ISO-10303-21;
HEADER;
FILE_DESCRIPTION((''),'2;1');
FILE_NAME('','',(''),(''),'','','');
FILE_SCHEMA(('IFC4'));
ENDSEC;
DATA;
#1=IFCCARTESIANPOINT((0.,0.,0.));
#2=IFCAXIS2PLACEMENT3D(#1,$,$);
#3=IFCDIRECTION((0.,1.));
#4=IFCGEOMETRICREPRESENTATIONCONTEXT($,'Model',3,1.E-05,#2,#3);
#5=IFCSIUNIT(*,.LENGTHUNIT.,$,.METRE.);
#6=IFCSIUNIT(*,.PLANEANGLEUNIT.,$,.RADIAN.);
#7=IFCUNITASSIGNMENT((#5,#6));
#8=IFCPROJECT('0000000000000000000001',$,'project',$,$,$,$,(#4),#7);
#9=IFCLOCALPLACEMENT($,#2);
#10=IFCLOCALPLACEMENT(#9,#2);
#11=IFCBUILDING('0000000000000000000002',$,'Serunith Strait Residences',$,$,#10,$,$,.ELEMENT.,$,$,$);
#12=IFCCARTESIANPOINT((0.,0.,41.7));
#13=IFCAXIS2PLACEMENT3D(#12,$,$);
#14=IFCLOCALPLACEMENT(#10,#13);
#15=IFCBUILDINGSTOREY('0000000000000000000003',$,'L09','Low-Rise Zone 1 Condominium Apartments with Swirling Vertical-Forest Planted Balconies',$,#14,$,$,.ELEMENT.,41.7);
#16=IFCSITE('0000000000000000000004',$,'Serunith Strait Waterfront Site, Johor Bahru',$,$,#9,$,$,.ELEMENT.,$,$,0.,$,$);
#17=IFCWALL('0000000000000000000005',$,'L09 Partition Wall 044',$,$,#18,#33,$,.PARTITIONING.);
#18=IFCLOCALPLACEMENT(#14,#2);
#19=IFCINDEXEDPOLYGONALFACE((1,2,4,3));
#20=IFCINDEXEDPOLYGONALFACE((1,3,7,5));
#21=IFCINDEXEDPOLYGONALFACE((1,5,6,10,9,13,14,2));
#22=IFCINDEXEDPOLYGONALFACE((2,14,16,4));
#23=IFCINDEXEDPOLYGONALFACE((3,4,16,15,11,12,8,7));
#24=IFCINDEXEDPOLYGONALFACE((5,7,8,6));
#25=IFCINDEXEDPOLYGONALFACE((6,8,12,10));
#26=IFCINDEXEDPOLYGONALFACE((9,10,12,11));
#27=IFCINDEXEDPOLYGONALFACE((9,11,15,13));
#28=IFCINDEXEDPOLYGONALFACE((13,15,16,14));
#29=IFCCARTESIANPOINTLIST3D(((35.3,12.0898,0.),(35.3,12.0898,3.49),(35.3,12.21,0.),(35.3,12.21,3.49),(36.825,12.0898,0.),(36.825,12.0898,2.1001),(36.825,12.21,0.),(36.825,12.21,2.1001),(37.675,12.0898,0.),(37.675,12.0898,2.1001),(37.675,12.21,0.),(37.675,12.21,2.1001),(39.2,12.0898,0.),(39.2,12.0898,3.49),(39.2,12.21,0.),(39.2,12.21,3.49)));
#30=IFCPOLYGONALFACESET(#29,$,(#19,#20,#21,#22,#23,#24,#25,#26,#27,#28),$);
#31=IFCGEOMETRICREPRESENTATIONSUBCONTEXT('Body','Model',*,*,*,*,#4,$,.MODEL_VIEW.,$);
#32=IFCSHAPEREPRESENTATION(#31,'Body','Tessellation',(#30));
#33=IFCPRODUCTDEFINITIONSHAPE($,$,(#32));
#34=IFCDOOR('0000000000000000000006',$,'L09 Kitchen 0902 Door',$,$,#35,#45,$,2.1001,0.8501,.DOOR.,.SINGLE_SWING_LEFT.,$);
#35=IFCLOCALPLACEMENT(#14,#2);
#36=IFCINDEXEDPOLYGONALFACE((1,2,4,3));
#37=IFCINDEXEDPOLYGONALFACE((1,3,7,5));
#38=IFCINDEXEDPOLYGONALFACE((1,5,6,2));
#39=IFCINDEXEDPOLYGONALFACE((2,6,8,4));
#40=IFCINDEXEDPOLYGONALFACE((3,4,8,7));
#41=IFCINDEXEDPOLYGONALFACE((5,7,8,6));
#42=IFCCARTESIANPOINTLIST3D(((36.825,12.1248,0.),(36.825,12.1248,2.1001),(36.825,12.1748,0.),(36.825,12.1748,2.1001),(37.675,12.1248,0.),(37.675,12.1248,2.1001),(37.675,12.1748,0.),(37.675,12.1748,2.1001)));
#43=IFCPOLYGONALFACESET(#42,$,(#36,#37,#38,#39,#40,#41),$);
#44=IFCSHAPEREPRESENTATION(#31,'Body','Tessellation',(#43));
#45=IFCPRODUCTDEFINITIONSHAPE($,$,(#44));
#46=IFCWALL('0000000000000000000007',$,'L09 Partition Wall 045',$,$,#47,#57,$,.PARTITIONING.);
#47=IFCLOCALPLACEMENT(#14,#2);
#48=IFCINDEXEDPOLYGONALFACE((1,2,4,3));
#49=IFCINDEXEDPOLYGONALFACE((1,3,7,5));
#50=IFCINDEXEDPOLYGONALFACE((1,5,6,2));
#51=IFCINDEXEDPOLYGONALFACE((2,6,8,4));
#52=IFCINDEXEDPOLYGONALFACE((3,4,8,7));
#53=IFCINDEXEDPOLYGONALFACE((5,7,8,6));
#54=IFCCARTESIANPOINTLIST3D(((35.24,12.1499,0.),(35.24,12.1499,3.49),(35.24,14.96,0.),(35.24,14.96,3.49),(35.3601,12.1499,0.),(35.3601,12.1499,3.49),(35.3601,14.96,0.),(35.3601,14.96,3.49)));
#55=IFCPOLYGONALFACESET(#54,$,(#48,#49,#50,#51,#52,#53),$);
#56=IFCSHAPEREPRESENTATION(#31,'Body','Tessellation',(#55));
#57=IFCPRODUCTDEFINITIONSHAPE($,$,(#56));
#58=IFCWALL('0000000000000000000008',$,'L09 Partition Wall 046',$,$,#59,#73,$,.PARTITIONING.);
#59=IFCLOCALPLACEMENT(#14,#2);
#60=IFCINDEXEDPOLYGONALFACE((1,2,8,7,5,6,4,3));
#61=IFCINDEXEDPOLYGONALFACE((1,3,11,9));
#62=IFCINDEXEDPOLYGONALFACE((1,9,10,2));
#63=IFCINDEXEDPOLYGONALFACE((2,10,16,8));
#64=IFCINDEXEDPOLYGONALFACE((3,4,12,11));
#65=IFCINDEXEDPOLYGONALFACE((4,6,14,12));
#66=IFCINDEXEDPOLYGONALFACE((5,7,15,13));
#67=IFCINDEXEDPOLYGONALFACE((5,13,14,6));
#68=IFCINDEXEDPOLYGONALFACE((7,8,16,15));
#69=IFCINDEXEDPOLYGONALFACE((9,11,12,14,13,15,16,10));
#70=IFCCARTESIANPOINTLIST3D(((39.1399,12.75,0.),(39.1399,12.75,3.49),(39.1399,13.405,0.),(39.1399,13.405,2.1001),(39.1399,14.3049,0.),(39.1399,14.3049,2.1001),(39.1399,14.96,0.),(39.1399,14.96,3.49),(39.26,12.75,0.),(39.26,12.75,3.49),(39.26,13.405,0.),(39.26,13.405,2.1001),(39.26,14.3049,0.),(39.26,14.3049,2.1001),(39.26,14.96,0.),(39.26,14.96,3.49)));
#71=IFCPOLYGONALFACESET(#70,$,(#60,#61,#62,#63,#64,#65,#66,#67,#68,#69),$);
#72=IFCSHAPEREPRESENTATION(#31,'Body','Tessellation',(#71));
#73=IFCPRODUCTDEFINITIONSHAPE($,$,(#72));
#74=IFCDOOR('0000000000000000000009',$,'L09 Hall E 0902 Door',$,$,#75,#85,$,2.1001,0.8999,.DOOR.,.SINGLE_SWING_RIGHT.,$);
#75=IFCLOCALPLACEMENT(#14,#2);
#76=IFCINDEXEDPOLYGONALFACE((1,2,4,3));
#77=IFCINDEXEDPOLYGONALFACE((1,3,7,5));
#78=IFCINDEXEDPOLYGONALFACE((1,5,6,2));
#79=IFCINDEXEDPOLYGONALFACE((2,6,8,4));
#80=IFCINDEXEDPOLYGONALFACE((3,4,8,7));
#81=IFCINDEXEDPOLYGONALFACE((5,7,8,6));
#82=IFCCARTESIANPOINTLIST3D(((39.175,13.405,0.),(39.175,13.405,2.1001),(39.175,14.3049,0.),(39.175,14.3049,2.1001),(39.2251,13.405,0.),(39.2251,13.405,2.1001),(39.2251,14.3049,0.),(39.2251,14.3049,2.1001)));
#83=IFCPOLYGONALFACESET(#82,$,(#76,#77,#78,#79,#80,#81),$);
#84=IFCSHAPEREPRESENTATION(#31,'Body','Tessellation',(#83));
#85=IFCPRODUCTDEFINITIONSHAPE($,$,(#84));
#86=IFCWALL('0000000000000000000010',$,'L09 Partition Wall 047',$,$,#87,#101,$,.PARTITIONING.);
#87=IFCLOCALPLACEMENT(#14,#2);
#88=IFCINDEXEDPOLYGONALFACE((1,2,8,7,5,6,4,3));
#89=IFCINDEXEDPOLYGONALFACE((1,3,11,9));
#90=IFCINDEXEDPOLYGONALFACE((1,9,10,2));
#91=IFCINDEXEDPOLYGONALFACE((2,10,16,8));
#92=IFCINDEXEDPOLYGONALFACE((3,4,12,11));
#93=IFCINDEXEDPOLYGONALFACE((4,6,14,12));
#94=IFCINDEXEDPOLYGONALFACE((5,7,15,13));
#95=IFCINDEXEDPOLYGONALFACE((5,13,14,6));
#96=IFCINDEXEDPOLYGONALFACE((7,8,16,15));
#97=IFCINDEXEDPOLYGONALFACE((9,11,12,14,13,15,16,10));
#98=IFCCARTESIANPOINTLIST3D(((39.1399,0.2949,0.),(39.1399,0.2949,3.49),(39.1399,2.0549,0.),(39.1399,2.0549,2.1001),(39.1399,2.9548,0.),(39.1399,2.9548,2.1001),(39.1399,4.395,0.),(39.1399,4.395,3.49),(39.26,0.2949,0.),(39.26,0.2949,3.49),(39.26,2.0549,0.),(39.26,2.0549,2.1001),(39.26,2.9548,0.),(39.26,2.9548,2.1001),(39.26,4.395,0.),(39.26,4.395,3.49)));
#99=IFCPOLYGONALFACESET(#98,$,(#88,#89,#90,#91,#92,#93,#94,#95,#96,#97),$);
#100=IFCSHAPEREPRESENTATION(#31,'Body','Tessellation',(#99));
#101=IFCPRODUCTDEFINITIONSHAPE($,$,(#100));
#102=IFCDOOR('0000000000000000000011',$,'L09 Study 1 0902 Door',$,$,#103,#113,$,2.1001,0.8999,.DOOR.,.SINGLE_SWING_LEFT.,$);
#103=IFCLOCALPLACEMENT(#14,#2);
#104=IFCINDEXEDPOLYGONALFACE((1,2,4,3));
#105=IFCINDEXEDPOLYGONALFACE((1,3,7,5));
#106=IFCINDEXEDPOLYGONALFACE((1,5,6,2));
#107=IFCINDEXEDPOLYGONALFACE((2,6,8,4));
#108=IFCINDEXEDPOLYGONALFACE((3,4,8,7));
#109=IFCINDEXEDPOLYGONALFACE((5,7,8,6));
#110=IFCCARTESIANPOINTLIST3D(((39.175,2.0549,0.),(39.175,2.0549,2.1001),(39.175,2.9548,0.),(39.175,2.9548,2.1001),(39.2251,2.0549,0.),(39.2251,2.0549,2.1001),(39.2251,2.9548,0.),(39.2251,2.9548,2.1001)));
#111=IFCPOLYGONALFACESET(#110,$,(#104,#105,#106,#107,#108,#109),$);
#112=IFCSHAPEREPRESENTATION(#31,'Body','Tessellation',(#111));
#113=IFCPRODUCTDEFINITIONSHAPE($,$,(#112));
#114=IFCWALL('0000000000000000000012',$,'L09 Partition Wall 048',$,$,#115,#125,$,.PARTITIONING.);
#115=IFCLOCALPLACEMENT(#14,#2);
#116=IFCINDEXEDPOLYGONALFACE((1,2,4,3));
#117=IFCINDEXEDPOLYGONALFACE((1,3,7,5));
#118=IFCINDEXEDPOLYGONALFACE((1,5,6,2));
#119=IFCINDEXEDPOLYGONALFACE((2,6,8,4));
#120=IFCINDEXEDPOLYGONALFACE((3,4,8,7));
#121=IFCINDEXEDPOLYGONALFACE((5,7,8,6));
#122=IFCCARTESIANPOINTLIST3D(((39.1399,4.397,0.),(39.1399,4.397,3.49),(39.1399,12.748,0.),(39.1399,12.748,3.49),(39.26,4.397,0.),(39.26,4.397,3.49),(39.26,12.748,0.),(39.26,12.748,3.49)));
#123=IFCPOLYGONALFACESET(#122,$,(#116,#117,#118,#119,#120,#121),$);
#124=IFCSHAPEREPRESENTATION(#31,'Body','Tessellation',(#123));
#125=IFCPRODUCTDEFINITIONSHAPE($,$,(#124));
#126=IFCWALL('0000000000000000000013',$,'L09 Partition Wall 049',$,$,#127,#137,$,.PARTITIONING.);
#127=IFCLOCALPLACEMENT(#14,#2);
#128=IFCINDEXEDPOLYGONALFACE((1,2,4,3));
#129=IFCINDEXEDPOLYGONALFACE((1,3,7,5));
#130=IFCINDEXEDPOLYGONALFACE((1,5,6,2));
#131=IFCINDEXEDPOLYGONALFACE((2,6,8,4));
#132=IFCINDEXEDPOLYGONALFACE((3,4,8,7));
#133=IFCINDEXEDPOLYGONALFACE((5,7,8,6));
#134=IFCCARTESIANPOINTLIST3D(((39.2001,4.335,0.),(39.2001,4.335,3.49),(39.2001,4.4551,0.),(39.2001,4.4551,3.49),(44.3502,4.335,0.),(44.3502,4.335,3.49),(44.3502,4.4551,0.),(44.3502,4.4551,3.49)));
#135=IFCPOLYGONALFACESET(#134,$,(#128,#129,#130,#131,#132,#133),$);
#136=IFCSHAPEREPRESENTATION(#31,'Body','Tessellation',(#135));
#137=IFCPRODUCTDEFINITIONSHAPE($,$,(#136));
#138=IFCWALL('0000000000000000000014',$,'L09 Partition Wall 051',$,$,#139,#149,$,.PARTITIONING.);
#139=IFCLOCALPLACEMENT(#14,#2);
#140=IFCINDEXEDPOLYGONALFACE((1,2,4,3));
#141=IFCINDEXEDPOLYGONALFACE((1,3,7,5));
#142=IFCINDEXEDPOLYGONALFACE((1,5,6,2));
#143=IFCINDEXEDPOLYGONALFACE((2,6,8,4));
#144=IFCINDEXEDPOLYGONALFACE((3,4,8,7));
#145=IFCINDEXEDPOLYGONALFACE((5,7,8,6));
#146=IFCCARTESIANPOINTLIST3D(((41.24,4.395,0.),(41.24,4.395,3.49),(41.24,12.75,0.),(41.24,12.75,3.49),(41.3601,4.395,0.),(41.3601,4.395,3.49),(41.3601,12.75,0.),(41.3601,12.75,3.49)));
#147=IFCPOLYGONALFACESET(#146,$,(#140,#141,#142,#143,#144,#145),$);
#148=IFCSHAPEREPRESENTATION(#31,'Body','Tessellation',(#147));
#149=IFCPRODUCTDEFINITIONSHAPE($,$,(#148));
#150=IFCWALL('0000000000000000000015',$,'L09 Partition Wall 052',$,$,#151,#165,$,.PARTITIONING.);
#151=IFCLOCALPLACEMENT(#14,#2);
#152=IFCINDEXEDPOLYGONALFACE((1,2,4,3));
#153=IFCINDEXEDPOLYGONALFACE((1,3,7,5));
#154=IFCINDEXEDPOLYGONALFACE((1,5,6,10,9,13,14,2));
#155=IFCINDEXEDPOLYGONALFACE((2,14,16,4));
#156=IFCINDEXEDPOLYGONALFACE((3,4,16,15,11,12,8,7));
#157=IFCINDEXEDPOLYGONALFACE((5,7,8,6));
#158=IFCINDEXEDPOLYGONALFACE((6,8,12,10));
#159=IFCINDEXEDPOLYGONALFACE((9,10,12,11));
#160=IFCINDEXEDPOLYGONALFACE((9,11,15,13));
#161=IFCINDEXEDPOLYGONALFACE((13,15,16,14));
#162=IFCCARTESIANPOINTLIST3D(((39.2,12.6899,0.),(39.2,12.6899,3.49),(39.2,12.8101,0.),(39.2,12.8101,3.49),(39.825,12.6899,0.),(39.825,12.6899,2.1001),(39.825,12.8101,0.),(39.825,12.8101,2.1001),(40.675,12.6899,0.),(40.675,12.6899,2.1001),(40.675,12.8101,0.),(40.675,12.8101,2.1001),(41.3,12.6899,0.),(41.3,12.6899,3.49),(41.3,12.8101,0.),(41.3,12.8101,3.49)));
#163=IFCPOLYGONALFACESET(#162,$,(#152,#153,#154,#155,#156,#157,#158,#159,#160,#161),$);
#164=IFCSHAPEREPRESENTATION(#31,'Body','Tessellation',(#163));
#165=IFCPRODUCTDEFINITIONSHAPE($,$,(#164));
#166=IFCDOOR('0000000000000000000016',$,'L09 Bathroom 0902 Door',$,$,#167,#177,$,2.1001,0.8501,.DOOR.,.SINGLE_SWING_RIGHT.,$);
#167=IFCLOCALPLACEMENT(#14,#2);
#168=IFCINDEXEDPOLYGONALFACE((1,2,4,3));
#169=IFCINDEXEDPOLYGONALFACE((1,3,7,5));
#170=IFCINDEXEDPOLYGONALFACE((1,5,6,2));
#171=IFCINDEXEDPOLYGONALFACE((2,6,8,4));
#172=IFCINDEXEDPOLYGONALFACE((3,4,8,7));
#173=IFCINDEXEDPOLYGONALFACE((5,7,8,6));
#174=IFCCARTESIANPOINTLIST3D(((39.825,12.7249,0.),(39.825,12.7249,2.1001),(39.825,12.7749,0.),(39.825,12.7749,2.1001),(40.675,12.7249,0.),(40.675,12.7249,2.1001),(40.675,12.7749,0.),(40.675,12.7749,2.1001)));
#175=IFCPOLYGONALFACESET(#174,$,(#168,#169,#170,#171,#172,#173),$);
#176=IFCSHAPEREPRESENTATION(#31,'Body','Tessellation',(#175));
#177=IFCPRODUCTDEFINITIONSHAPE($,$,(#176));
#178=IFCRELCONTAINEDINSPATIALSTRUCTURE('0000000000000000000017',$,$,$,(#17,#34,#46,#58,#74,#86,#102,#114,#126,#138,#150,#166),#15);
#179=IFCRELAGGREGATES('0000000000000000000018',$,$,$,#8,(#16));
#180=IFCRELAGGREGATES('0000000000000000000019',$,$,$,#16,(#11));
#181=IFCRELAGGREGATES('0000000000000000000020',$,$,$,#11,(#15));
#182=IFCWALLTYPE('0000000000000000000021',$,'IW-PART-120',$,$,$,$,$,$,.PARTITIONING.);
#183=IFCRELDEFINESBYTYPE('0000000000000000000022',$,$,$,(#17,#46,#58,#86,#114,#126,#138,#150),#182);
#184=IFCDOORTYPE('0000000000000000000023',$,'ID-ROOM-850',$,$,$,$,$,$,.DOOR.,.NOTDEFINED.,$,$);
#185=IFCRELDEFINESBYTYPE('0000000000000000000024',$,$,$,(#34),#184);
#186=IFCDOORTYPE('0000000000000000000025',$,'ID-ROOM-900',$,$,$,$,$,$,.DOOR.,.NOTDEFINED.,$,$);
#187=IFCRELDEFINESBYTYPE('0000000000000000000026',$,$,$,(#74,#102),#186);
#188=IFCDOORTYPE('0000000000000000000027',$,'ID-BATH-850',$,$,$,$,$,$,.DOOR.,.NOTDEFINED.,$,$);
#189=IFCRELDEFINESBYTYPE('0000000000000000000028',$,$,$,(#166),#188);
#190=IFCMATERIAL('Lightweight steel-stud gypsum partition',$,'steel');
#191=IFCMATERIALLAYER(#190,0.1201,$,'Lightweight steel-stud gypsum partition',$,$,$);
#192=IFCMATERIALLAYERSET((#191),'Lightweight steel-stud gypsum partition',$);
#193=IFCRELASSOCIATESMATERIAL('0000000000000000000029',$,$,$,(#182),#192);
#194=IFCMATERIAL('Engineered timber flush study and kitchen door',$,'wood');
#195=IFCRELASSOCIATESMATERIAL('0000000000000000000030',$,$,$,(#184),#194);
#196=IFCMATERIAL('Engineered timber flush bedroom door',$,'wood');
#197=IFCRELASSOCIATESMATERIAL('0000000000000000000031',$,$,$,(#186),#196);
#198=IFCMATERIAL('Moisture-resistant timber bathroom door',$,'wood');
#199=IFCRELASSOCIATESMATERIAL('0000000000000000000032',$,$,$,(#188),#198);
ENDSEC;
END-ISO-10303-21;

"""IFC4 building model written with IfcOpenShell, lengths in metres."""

from ifc_helpers import new_model, si_unit, direction, frame, frame_2d, origin, place, context, subcontext, project, spatial, rectangle, extrude, source, transform, mapped, material, layer, layer_set, type_object, element, fill, save


model = new_model("IFC4")

# Units and contexts
model_context = context("Model", 3, precision=1e-05, world=origin(), true_north=direction((0.0, 1.0)))
body_context = subcontext(model_context, "Body", "Model", "MODEL_VIEW")
ifc_project = project(units=[si_unit("LENGTHUNIT", "METRE"), si_unit("PLANEANGLEUNIT", "RADIAN")], contexts=[model_context])

# Site, building, storey
site_placement = place(None, origin())
site = spatial("IfcSite", under=ifc_project, at=site_placement, Name="Serunith Strait Waterfront Site, Johor Bahru", CompositionType="ELEMENT", RefElevation=0.0)
building_placement = place(site_placement, origin())
building = spatial("IfcBuilding", under=site, at=building_placement, Name="Serunith Strait Residences", CompositionType="ELEMENT")
storey_placement = place(building_placement, frame((0.0, 0.0, 41.7)))
storey = spatial("IfcBuildingStorey", under=building, at=storey_placement, Name="L09", Description="Low-Rise Zone 1 Condominium Apartments with Swirling Vertical-Forest Planted Balconies", CompositionType="ELEMENT", Elevation=41.7)

# Wall, opening, door
ifc_material_1 = material(Name="Lightweight steel-stud gypsum partition", Category="steel")
ifc_layer_1 = layer(ifc_material_1, 0.1201, Name="Lightweight steel-stud gypsum partition")
ifc_layer_set_1 = layer_set([ifc_layer_1], Name="Lightweight steel-stud gypsum partition")
wall_type_1 = type_object("IfcWallType", Name="IW-PART-120", PredefinedType="PARTITIONING", material=ifc_layer_set_1)
wall_1_placement = place(storey_placement, frame((35.3, 12.1499, 0.0), z_axis=(0.0, 0.0, 1.0), x_axis=(1.0, 0.0, 0.0)))
wall_1 = element("IfcWall", 1, at=wall_1_placement, inside=storey, type_object=wall_type_1, Name="L09 Partition Wall 044", PredefinedType="PARTITIONING", context=body_context, shape_type="SweptSolid", body=[
    extrude(rectangle(XDim=3.8999, YDim=0.1201, at=frame_2d((1.95, 0.0))), origin(), (0.0, 0.0, 1.0), 3.49),
])
opening_1_placement = place(wall_1_placement, frame((1.5249, 0.0, 0.0)))
opening_1 = element("IfcOpeningElement", 2, at=opening_1_placement, cuts=wall_1, PredefinedType="OPENING", context=body_context, shape_type="SweptSolid", body=[
    extrude(rectangle(XDim=0.8501, YDim=2.1001, at=frame_2d((0.425, 1.05))), frame((0.0, 0.0701, 0.0), z_axis=(0.0, -1.0, 0.0), x_axis=(1.0, 0.0, 0.0)), (0.0, 0.0, 1.0), 0.1401),
])
ifc_material_2 = material(Name="Engineered timber flush study and kitchen door", Category="wood")
door_type_1 = type_object("IfcDoorType", Name="ID-ROOM-850", OperationType="NOTDEFINED", PredefinedType="DOOR", material=ifc_material_2)
shared_shape_1 = source(origin(), body_context, "Body", "SweptSolid", [
    extrude(rectangle(XDim=0.8501, YDim=2.1001, at=frame_2d((0.425, 1.05))), frame((0.0, 0.0249, 0.0), z_axis=(0.0, -1.0, 0.0), x_axis=(1.0, 0.0, 0.0)), (0.0, 0.0, 1.0), 0.05),
])
door_1_placement = place(opening_1_placement, origin())
door_1 = element("IfcDoor", 3, at=door_1_placement, inside=storey, type_object=door_type_1, Name="L09 Kitchen 0902 Door", OperationType="SINGLE_SWING_LEFT", OverallHeight=2.1001, OverallWidth=0.8501, PredefinedType="DOOR", context=body_context, shape_type="MappedRepresentation", body=[
    mapped(shared_shape_1, transform((0.0, 0.0, 0.0), scale=1.0)),
])
fill(opening_1, door_1)

# Wall
wall_2_placement = place(storey_placement, frame((35.3, 12.1499, 0.0), z_axis=(0.0, 0.0, 1.0), x_axis=(0.0, 1.0, 0.0)))
element("IfcWall", 4, at=wall_2_placement, inside=storey, type_object=wall_type_1, Name="L09 Partition Wall 045", PredefinedType="PARTITIONING", context=body_context, shape_type="SweptSolid", body=[
    extrude(rectangle(XDim=2.8101, YDim=0.1201, at=frame_2d((1.405, 0.0))), origin(), (0.0, 0.0, 1.0), 3.49),
])

# Walls, openings, doors
wall_3_placement = place(storey_placement, frame((39.2, 12.75, 0.0), z_axis=(0.0, 0.0, 1.0), x_axis=(0.0, 1.0, 0.0)))
wall_3 = element("IfcWall", 5, at=wall_3_placement, inside=storey, type_object=wall_type_1, Name="L09 Partition Wall 046", PredefinedType="PARTITIONING", context=body_context, shape_type="SweptSolid", body=[
    extrude(rectangle(XDim=2.21, YDim=0.1201, at=frame_2d((1.105, 0.0))), origin(), (0.0, 0.0, 1.0), 3.49),
])
opening_2_placement = place(wall_3_placement, frame((0.655, 0.0, 0.0)))
opening_2 = element("IfcOpeningElement", 6, at=opening_2_placement, cuts=wall_3, PredefinedType="OPENING", context=body_context, shape_type="SweptSolid", body=[
    extrude(rectangle(XDim=0.8999, YDim=2.1001, at=frame_2d((0.45, 1.05))), frame((0.0, 0.0701, 0.0), z_axis=(0.0, -1.0, 0.0), x_axis=(1.0, 0.0, 0.0)), (0.0, 0.0, 1.0), 0.1401),
])
ifc_material_3 = material(Name="Engineered timber flush bedroom door", Category="wood")
door_type_2 = type_object("IfcDoorType", Name="ID-ROOM-900", OperationType="NOTDEFINED", PredefinedType="DOOR", material=ifc_material_3)
shared_shape_2 = source(origin(), body_context, "Body", "SweptSolid", [
    extrude(rectangle(XDim=0.8999, YDim=2.1001, at=frame_2d((0.45, 1.05))), frame((0.0, 0.0249, 0.0), z_axis=(0.0, -1.0, 0.0), x_axis=(1.0, 0.0, 0.0)), (0.0, 0.0, 1.0), 0.05),
])
door_2_placement = place(opening_2_placement, origin())
door_2 = element("IfcDoor", 7, at=door_2_placement, inside=storey, type_object=door_type_2, Name="L09 Hall E 0902 Door", OperationType="SINGLE_SWING_RIGHT", OverallHeight=2.1001, OverallWidth=0.8999, PredefinedType="DOOR", context=body_context, shape_type="MappedRepresentation", body=[
    mapped(shared_shape_2, transform((0.0, 0.0, 0.0), scale=1.0)),
])
fill(opening_2, door_2)
wall_4_placement = place(storey_placement, frame((39.2, 0.2949, 0.0), z_axis=(0.0, 0.0, 1.0), x_axis=(0.0, 1.0, 0.0)))
wall_4 = element("IfcWall", 8, at=wall_4_placement, inside=storey, type_object=wall_type_1, Name="L09 Partition Wall 047", PredefinedType="PARTITIONING", context=body_context, shape_type="SweptSolid", body=[
    extrude(rectangle(XDim=4.1001, YDim=0.1201, at=frame_2d((2.05, 0.0))), origin(), (0.0, 0.0, 1.0), 3.49),
])
opening_3_placement = place(wall_4_placement, frame((1.76, 0.0, 0.0)))
opening_3 = element("IfcOpeningElement", 9, at=opening_3_placement, cuts=wall_4, PredefinedType="OPENING", context=body_context, shape_type="SweptSolid", body=[
    extrude(rectangle(XDim=0.8999, YDim=2.1001, at=frame_2d((0.45, 1.05))), frame((0.0, 0.0701, 0.0), z_axis=(0.0, -1.0, 0.0), x_axis=(1.0, 0.0, 0.0)), (0.0, 0.0, 1.0), 0.1401),
])
door_3_placement = place(opening_3_placement, origin())
door_3 = element("IfcDoor", 10, at=door_3_placement, inside=storey, type_object=door_type_2, Name="L09 Study 1 0902 Door", OperationType="SINGLE_SWING_LEFT", OverallHeight=2.1001, OverallWidth=0.8999, PredefinedType="DOOR", context=body_context, shape_type="MappedRepresentation", body=[
    mapped(shared_shape_2, transform((0.0, 0.0, 0.0), scale=1.0)),
])
fill(opening_3, door_3)

# Walls
wall_5_placement = place(storey_placement, frame((39.2, 4.397, 0.0), z_axis=(0.0, 0.0, 1.0), x_axis=(0.0, 1.0, 0.0)))
element("IfcWall", 11, at=wall_5_placement, inside=storey, type_object=wall_type_1, Name="L09 Partition Wall 048", PredefinedType="PARTITIONING", context=body_context, shape_type="SweptSolid", body=[
    extrude(rectangle(XDim=8.3511, YDim=0.1201, at=frame_2d((4.1755, 0.0))), origin(), (0.0, 0.0, 1.0), 3.49),
])
wall_6_placement = place(storey_placement, frame((39.2, 4.395, 0.0), z_axis=(0.0, 0.0, 1.0), x_axis=(1.0, 0.0, 0.0)))
element("IfcWall", 12, at=wall_6_placement, inside=storey, type_object=wall_type_1, Name="L09 Partition Wall 049", PredefinedType="PARTITIONING", context=body_context, shape_type="SweptSolid", body=[
    extrude(rectangle(XDim=5.1501, YDim=0.1201, at=frame_2d((2.5752, 0.0))), origin(), (0.0, 0.0, 1.0), 3.49),
])
wall_7_placement = place(storey_placement, frame((41.3, 4.395, 0.0), z_axis=(0.0, 0.0, 1.0), x_axis=(0.0, 1.0, 0.0)))
element("IfcWall", 13, at=wall_7_placement, inside=storey, type_object=wall_type_1, Name="L09 Partition Wall 051", PredefinedType="PARTITIONING", context=body_context, shape_type="SweptSolid", body=[
    extrude(rectangle(XDim=8.355, YDim=0.1201, at=frame_2d((4.1775, 0.0))), origin(), (0.0, 0.0, 1.0), 3.49),
])

# Wall, opening, door
wall_8_placement = place(storey_placement, frame((39.2, 12.75, 0.0), z_axis=(0.0, 0.0, 1.0), x_axis=(1.0, 0.0, 0.0)))
wall_8 = element("IfcWall", 14, at=wall_8_placement, inside=storey, type_object=wall_type_1, Name="L09 Partition Wall 052", PredefinedType="PARTITIONING", context=body_context, shape_type="SweptSolid", body=[
    extrude(rectangle(XDim=2.1001, YDim=0.1201, at=frame_2d((1.05, 0.0))), origin(), (0.0, 0.0, 1.0), 3.49),
])
opening_4_placement = place(wall_8_placement, frame((0.625, 0.0, 0.0)))
opening_4 = element("IfcOpeningElement", 15, at=opening_4_placement, cuts=wall_8, PredefinedType="OPENING", context=body_context, shape_type="SweptSolid", body=[
    extrude(rectangle(XDim=0.8501, YDim=2.1001, at=frame_2d((0.425, 1.05))), frame((0.0, 0.0701, 0.0), z_axis=(0.0, -1.0, 0.0), x_axis=(1.0, 0.0, 0.0)), (0.0, 0.0, 1.0), 0.1401),
])
ifc_material_4 = material(Name="Moisture-resistant timber bathroom door", Category="wood")
door_type_3 = type_object("IfcDoorType", Name="ID-BATH-850", OperationType="NOTDEFINED", PredefinedType="DOOR", material=ifc_material_4)
door_4_placement = place(opening_4_placement, origin())
door_4 = element("IfcDoor", 16, at=door_4_placement, inside=storey, type_object=door_type_3, Name="L09 Bathroom 0902 Door", OperationType="SINGLE_SWING_RIGHT", OverallHeight=2.1001, OverallWidth=0.8501, PredefinedType="DOOR", context=body_context, shape_type="MappedRepresentation", body=[
    mapped(shared_shape_1, transform((0.0, 0.0, 0.0), scale=1.0)),
])
fill(opening_4, door_4)

save(model, "model.ifc")
